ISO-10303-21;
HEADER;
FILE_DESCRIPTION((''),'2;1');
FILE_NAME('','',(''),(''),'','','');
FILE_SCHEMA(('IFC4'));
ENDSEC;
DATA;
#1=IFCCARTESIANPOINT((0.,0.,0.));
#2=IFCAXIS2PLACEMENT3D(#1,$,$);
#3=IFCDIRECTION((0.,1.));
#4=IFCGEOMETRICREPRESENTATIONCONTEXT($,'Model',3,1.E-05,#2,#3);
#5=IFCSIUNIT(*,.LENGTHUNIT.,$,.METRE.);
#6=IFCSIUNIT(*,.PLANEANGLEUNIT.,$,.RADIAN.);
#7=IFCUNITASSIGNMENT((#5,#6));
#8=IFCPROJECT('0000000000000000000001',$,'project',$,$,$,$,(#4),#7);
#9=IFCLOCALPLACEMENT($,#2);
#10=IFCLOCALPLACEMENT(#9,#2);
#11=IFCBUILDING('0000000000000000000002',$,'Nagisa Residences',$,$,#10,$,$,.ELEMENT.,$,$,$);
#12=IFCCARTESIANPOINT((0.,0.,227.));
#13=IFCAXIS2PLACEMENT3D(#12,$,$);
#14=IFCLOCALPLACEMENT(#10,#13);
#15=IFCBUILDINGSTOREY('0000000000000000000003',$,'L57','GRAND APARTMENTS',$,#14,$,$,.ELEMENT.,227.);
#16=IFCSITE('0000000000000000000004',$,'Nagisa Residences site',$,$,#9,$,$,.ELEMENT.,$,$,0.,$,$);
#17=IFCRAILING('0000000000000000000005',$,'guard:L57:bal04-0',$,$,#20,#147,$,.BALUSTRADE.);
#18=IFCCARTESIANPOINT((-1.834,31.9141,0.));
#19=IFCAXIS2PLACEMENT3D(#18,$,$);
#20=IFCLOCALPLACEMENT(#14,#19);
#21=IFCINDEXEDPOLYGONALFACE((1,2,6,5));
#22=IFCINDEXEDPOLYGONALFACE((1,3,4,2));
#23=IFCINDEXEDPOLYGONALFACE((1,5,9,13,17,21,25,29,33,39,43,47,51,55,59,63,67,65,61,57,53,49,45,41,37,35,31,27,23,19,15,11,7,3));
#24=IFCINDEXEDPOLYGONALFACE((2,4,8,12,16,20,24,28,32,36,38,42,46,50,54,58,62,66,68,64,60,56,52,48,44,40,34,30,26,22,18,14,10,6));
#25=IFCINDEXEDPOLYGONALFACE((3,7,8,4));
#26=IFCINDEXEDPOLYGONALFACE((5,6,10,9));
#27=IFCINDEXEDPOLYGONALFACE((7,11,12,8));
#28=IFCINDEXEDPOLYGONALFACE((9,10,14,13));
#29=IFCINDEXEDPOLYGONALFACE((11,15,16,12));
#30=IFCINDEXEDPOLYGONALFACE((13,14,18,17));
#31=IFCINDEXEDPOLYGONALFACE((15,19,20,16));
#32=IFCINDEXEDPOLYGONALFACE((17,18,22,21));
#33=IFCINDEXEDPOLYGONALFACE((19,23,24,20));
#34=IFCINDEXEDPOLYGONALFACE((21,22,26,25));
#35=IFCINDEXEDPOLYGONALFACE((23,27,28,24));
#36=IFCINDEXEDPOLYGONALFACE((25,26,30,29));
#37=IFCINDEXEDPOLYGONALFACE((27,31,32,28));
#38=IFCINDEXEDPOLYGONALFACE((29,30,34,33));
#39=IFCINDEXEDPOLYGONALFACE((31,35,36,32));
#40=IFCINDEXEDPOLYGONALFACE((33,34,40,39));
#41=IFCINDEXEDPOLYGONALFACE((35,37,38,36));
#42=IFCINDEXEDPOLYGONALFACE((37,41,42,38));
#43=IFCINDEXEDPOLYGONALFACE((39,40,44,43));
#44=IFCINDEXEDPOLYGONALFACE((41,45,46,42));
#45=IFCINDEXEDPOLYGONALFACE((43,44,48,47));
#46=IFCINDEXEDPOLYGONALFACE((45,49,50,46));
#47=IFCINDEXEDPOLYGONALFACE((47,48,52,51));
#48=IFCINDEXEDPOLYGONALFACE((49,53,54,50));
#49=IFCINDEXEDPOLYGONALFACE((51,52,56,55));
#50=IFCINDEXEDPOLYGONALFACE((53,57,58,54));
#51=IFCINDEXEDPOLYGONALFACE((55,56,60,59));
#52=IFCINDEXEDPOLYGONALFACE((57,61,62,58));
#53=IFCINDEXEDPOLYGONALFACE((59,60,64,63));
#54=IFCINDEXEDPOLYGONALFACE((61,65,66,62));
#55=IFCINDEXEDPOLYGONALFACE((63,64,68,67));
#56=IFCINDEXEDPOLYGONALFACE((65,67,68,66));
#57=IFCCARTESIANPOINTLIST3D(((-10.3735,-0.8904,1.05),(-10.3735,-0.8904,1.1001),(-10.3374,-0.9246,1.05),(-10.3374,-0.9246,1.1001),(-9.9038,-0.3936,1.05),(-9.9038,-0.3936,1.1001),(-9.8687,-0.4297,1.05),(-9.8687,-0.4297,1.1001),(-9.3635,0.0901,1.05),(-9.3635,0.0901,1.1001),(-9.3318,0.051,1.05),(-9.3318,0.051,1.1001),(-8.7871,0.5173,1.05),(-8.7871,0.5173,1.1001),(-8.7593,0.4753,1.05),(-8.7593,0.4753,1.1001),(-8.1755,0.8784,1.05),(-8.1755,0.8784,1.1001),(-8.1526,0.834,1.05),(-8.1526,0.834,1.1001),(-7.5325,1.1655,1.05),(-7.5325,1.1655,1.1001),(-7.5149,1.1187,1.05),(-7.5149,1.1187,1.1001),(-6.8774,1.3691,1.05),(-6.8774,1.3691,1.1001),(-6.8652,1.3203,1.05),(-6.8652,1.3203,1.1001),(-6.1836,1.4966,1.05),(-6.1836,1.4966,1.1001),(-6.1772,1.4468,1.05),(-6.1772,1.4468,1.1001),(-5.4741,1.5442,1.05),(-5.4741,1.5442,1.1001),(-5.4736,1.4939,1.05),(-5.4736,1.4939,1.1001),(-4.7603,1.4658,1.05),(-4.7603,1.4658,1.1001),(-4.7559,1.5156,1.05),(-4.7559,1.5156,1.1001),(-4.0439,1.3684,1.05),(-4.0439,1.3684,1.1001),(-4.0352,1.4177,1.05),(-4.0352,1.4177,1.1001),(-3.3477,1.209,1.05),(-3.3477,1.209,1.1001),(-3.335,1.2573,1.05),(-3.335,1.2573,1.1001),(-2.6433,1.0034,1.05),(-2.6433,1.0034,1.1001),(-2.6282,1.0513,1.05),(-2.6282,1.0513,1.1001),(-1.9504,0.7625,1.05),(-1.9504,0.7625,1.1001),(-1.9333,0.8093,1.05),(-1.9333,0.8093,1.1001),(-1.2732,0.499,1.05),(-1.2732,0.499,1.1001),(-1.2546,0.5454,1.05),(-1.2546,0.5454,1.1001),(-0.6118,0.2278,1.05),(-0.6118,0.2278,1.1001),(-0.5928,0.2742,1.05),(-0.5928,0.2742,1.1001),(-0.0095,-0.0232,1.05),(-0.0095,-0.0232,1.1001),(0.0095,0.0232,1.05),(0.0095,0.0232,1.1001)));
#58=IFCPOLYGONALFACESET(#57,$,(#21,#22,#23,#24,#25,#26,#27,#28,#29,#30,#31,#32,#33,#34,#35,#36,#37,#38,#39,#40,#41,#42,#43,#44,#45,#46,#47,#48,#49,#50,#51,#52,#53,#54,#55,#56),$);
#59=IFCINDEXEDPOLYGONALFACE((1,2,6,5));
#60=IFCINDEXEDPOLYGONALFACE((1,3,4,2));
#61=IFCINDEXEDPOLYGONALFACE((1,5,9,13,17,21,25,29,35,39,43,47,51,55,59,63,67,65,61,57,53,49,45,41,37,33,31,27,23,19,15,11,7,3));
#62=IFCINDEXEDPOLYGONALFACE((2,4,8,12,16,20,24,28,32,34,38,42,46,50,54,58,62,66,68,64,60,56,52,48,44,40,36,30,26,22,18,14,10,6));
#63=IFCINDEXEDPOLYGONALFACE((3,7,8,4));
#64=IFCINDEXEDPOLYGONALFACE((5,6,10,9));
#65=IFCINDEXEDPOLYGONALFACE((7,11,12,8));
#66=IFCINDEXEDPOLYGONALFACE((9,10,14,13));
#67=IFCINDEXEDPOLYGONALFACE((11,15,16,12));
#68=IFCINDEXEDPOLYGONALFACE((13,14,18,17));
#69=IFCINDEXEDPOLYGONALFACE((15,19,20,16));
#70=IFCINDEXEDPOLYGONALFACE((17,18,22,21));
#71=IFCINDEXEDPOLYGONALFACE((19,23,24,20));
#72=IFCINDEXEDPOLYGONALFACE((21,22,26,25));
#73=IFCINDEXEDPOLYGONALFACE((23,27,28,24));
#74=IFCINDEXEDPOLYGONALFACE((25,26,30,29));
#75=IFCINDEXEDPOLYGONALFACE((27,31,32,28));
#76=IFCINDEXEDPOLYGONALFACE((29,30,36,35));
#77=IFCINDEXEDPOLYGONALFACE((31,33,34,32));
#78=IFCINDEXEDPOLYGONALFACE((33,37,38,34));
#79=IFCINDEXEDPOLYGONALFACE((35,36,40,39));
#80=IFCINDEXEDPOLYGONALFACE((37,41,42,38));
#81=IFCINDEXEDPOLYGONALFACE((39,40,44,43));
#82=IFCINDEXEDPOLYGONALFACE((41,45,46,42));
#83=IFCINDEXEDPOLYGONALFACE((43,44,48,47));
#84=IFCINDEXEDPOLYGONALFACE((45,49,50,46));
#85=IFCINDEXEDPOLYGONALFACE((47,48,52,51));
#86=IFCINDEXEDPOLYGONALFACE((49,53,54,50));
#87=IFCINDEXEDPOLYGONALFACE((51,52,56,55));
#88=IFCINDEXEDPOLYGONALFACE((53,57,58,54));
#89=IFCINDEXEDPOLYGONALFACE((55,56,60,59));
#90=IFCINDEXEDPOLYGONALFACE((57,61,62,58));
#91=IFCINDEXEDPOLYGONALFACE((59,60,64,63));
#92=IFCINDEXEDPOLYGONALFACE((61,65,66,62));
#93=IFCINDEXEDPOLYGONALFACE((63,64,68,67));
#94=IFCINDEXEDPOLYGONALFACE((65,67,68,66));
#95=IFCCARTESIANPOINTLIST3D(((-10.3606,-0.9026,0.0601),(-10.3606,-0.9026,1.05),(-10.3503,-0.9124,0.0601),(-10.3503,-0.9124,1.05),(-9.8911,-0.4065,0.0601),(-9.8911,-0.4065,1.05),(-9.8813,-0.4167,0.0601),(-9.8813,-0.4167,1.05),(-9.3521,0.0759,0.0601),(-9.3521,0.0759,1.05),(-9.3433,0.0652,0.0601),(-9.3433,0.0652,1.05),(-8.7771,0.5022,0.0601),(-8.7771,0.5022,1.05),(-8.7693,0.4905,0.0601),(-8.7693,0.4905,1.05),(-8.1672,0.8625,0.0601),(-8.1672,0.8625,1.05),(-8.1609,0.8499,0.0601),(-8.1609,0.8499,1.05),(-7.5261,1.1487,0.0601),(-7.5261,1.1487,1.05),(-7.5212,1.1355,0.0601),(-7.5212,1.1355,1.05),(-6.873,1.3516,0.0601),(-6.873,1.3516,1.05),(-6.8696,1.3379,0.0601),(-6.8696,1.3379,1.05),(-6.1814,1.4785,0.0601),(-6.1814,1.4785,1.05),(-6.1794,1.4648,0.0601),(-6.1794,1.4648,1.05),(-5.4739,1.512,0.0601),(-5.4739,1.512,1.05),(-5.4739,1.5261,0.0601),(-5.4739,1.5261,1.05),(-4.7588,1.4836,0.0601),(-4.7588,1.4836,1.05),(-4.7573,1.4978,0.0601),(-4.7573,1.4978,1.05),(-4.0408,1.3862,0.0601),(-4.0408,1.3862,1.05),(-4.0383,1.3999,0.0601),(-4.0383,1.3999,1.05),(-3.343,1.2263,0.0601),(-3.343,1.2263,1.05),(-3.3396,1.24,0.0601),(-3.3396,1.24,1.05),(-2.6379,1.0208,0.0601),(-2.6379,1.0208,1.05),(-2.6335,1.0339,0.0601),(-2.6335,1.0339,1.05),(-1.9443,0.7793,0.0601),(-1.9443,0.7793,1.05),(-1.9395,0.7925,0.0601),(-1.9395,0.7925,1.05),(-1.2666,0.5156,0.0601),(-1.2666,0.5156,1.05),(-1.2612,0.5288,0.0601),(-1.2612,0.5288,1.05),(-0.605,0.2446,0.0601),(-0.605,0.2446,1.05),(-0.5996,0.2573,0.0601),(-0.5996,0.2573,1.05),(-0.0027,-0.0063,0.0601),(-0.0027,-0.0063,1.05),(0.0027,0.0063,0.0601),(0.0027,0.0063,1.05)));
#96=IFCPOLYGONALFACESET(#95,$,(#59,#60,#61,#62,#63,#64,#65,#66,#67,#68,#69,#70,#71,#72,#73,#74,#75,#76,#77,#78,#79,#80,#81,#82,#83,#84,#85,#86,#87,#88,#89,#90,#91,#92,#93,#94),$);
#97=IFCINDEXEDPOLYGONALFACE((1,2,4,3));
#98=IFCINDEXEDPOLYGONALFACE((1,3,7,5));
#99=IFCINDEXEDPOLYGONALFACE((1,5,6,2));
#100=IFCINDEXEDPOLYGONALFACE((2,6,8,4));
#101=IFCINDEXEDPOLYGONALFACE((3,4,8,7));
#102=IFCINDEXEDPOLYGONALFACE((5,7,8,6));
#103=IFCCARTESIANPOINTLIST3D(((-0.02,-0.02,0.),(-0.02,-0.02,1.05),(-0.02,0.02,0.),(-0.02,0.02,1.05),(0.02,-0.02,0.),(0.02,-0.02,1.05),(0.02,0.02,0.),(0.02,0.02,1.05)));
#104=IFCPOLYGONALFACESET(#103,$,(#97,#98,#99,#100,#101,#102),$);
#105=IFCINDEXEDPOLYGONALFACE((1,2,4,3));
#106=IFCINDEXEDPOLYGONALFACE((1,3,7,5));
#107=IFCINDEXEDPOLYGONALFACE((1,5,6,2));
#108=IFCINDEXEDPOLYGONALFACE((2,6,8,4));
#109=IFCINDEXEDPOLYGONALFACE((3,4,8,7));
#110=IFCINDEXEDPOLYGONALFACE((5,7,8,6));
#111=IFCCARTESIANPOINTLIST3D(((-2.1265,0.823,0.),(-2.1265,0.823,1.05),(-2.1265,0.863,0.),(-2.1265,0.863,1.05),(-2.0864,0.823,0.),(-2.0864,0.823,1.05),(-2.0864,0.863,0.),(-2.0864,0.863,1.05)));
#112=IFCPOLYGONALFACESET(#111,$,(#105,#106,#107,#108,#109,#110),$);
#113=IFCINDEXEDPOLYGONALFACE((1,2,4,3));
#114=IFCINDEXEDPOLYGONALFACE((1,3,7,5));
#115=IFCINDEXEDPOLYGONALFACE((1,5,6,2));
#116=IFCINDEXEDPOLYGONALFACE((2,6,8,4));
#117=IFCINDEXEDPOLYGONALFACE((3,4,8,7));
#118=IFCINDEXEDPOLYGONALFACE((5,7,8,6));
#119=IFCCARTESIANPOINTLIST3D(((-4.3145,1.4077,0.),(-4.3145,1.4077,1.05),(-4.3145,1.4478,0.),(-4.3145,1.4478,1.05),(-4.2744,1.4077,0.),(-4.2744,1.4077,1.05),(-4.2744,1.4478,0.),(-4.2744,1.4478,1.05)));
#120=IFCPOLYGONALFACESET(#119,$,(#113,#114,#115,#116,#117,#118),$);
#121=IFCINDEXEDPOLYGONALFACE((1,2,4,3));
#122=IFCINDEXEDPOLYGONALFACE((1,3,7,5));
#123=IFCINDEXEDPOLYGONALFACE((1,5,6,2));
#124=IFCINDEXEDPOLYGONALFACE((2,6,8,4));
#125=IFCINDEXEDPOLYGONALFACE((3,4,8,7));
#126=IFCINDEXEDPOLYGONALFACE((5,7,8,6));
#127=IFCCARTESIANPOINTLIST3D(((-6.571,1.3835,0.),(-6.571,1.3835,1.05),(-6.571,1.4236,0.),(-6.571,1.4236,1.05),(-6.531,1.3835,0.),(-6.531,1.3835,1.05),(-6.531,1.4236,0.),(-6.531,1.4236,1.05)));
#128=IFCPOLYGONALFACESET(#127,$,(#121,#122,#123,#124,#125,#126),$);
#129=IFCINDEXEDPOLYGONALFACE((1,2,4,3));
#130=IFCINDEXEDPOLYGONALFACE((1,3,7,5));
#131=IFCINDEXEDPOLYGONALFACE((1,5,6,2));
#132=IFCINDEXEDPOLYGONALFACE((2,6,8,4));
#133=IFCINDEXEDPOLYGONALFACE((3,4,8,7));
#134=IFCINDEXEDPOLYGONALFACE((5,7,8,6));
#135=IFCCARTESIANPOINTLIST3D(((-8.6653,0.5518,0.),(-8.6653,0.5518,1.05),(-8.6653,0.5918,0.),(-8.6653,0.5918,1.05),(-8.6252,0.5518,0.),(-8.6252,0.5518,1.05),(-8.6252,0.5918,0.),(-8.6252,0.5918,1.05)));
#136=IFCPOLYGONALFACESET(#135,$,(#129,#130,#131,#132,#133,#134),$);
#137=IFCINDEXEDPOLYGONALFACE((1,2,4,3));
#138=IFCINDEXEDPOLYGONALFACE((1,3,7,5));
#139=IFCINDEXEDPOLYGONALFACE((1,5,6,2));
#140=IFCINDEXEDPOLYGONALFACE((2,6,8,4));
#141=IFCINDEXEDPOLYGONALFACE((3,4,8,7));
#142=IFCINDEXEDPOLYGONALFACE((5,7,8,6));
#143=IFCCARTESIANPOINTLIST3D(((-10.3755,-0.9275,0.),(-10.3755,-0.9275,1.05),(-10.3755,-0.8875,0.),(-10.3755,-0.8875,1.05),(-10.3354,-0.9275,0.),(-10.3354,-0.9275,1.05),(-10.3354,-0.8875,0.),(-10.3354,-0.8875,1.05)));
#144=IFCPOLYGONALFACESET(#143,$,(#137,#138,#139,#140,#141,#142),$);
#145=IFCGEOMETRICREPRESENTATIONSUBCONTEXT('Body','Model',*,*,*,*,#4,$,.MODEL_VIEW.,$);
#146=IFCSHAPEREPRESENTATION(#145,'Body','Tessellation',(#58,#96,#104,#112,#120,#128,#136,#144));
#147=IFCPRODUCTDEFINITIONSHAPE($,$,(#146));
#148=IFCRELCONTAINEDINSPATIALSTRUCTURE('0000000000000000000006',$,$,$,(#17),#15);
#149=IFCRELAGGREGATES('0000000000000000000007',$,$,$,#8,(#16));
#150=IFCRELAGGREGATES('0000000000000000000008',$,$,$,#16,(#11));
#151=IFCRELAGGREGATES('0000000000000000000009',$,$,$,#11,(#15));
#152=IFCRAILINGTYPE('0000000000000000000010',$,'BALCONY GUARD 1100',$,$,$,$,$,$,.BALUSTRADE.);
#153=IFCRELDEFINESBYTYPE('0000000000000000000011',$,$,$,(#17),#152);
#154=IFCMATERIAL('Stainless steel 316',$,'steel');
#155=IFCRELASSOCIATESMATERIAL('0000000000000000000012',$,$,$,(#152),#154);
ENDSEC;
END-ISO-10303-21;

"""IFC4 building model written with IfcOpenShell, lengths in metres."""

from ifc_helpers import new_model, si_unit, direction, frame, origin, origin_2d, place, context, subcontext, project, spatial, polyline, rectangle, outline, extrude, material, type_object, element, save


model = new_model("IFC4")

# Units and contexts
model_context = context("Model", 3, precision=1e-05, world=origin(), true_north=direction((0.0, 1.0)))
body_context = subcontext(model_context, "Body", "Model", "MODEL_VIEW")
ifc_project = project(units=[si_unit("LENGTHUNIT", "METRE"), si_unit("PLANEANGLEUNIT", "RADIAN")], contexts=[model_context])

# Site, building, storey
site_placement = place(None, origin())
site = spatial("IfcSite", under=ifc_project, at=site_placement, Name="Nagisa Residences site", CompositionType="ELEMENT", RefElevation=0.0)
building_placement = place(site_placement, origin())
building = spatial("IfcBuilding", under=site, at=building_placement, Name="Nagisa Residences", CompositionType="ELEMENT")
storey_placement = place(building_placement, frame((0.0, 0.0, 227.0)))
storey = spatial("IfcBuildingStorey", under=building, at=storey_placement, Name="L57", Description="GRAND APARTMENTS", CompositionType="ELEMENT", Elevation=227.0)

# Railing
ifc_material_1 = material(Name="Stainless steel 316", Category="steel")
railing_type = type_object("IfcRailingType", Name="BALCONY GUARD 1100", PredefinedType="BALUSTRADE", material=ifc_material_1)
railing_1_placement = place(storey_placement, frame((-1.834, 31.9141, 0.0)))
element("IfcRailing", 1, at=railing_1_placement, inside=storey, type_object=railing_type, Name="guard:L57:bal04-0", PredefinedType="BALUSTRADE", context=body_context, shape_type="SweptSolid", body=[
    extrude(outline(polyline([(-0.6118, 0.2278), (-0.0095, -0.0232), (0.0095, 0.0232), (-0.5928, 0.2742), (-1.2546, 0.5454), (-1.9333, 0.8093), (-2.6282, 1.0513), (-3.335, 1.2573), (-4.0352, 1.4177), (-4.7559, 1.5156), (-5.4741, 1.5442), (-6.1836, 1.4966), (-6.8774, 1.3691), (-7.5325, 1.1655), (-8.1755, 0.8784), (-8.7871, 0.5173), (-9.3635, 0.0901), (-9.9038, -0.3936), (-10.3735, -0.8904), (-10.3374, -0.9246), (-9.8687, -0.4297), (-9.3318, 0.051), (-8.7593, 0.4753), (-8.1526, 0.834), (-7.5149, 1.1187), (-6.8652, 1.3203), (-6.1772, 1.4468), (-5.4736, 1.4939), (-4.7603, 1.4658), (-4.0439, 1.3684), (-3.3477, 1.209), (-2.6433, 1.0034), (-1.9504, 0.7625), (-1.2732, 0.499), (-0.6118, 0.2278)])), frame((0.0, 0.0, 1.05)), (0.0, 0.0, 1.0), 0.05),
    extrude(outline(polyline([(-0.605, 0.2446), (-0.0027, -0.0063), (0.0027, 0.0063), (-0.5996, 0.2573), (-1.2612, 0.5288), (-1.9395, 0.7925), (-2.6335, 1.0339), (-3.3396, 1.24), (-4.0383, 1.3999), (-4.7573, 1.4978), (-5.4739, 1.5261), (-6.1814, 1.4785), (-6.873, 1.3516), (-7.5261, 1.1487), (-8.1672, 0.8625), (-8.7771, 0.5022), (-9.3521, 0.0759), (-9.8911, -0.4065), (-10.3606, -0.9026), (-10.3503, -0.9124), (-9.8813, -0.4167), (-9.3433, 0.0652), (-8.7693, 0.4905), (-8.1609, 0.8499), (-7.5212, 1.1355), (-6.8696, 1.3379), (-6.1794, 1.4648), (-5.4739, 1.512), (-4.7588, 1.4836), (-4.0408, 1.3862), (-3.343, 1.2263), (-2.6379, 1.0208), (-1.9443, 0.7793), (-1.2666, 0.5156), (-0.605, 0.2446)])), frame((0.0, 0.0, 0.0601)), (0.0, 0.0, 1.0), 0.99),
    extrude(rectangle(XDim=0.04, YDim=0.04, at=origin_2d()), origin(), (0.0, 0.0, 1.0), 1.05),
    extrude(rectangle(XDim=0.04, YDim=0.04, at=origin_2d()), frame((-2.1064, 0.843, 0.0)), (0.0, 0.0, 1.0), 1.05),
    extrude(rectangle(XDim=0.04, YDim=0.04, at=origin_2d()), frame((-4.2944, 1.4277, 0.0)), (0.0, 0.0, 1.0), 1.05),
    extrude(rectangle(XDim=0.04, YDim=0.04, at=origin_2d()), frame((-6.551, 1.4036, 0.0)), (0.0, 0.0, 1.0), 1.05),
    extrude(rectangle(XDim=0.04, YDim=0.04, at=origin_2d()), frame((-8.6453, 0.5718, 0.0)), (0.0, 0.0, 1.0), 1.05),
    extrude(rectangle(XDim=0.04, YDim=0.04, at=origin_2d()), frame((-10.3555, -0.9075, 0.0)), (0.0, 0.0, 1.0), 1.05),
])

save(model, "model.ifc")
